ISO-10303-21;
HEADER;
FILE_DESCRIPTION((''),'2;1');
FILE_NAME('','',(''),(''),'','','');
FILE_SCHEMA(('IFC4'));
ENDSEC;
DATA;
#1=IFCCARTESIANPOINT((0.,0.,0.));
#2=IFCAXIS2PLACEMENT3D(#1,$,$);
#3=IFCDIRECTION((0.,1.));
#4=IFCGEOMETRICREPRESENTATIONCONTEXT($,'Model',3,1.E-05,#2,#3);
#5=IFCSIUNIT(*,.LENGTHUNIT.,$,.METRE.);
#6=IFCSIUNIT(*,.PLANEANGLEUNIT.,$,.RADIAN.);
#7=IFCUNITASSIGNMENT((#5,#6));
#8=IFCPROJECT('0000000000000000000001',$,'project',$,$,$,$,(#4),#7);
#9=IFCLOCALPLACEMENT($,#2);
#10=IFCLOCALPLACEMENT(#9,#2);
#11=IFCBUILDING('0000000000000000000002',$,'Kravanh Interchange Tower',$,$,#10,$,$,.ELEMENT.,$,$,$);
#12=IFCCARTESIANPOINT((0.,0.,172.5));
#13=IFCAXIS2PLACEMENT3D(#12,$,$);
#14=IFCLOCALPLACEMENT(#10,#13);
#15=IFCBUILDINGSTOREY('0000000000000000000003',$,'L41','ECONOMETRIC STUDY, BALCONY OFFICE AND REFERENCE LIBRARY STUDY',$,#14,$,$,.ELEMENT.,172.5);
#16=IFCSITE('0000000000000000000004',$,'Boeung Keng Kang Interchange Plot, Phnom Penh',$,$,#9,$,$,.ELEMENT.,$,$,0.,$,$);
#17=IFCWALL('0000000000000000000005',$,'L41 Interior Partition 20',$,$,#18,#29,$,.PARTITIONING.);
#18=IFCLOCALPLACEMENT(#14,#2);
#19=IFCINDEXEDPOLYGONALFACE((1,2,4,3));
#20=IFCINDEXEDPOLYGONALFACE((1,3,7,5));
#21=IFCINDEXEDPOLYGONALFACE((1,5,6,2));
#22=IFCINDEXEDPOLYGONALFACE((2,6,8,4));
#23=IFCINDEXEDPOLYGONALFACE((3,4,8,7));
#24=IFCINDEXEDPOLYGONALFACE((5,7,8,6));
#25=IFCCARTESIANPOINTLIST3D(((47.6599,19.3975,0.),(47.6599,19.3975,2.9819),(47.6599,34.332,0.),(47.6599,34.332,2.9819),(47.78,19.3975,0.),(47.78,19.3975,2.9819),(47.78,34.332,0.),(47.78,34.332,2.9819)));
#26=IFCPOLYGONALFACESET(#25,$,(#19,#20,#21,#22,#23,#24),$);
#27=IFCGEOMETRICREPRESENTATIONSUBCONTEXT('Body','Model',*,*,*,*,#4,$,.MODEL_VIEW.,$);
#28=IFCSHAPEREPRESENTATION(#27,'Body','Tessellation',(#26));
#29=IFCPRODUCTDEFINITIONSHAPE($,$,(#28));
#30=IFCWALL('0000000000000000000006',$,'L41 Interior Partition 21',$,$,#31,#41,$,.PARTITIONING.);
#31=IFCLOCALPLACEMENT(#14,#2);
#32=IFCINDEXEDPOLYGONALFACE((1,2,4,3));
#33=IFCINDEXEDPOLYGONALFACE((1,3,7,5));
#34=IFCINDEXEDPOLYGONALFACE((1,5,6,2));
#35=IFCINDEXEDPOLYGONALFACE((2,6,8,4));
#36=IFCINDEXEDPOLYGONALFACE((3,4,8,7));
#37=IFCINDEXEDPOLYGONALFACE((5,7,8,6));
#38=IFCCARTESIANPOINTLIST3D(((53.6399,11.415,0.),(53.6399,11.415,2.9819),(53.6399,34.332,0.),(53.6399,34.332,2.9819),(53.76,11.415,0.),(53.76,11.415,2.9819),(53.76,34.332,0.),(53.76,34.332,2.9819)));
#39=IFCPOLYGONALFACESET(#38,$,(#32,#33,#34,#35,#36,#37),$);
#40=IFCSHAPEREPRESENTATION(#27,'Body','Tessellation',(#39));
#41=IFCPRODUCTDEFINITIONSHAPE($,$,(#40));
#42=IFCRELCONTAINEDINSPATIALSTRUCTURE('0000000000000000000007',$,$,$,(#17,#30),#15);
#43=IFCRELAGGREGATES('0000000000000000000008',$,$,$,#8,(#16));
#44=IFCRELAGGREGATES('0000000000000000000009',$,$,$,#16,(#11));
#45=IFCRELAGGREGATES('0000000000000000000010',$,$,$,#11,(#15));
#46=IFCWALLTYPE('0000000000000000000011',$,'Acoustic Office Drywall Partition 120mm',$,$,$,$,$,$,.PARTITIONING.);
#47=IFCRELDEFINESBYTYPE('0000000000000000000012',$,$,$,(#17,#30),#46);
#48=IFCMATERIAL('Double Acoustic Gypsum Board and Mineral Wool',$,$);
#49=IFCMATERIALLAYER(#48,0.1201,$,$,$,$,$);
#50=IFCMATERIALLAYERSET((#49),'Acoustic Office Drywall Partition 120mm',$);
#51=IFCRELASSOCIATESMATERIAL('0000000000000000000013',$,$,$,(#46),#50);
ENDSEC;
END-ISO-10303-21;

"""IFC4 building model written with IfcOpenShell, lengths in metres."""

from ifc_helpers import new_model, si_unit, direction, frame, frame_2d, origin, place, context, subcontext, project, spatial, rectangle, extrude, material, layer, layer_set, type_object, element, save


model = new_model("IFC4")

# Units and contexts
model_context = context("Model", 3, precision=1e-05, world=origin(), true_north=direction((0.0, 1.0)))
body_context = subcontext(model_context, "Body", "Model", "MODEL_VIEW")
ifc_project = project(units=[si_unit("LENGTHUNIT", "METRE"), si_unit("PLANEANGLEUNIT", "RADIAN")], contexts=[model_context])

# Site, building, storey
site_placement = place(None, origin())
site = spatial("IfcSite", under=ifc_project, at=site_placement, Name="Boeung Keng Kang Interchange Plot, Phnom Penh", CompositionType="ELEMENT", RefElevation=0.0)
building_placement = place(site_placement, origin())
building = spatial("IfcBuilding", under=site, at=building_placement, Name="Kravanh Interchange Tower", CompositionType="ELEMENT")
storey_placement = place(building_placement, frame((0.0, 0.0, 172.5)))
storey = spatial("IfcBuildingStorey", under=building, at=storey_placement, Name="L41", Description="ECONOMETRIC STUDY, BALCONY OFFICE AND REFERENCE LIBRARY STUDY", CompositionType="ELEMENT", Elevation=172.5)

# Walls
ifc_material_1 = material(Name="Double Acoustic Gypsum Board and Mineral Wool")
ifc_layer_1 = layer(ifc_material_1, 0.1201)
ifc_layer_set_1 = layer_set([ifc_layer_1], Name="Acoustic Office Drywall Partition 120mm")
wall_type = type_object("IfcWallType", Name="Acoustic Office Drywall Partition 120mm", PredefinedType="PARTITIONING", material=ifc_layer_set_1)
wall_1_placement = place(storey_placement, frame((47.72, 19.3975, 0.0), z_axis=(0.0, 0.0, 1.0), x_axis=(0.0, 1.0, 0.0)))
element("IfcWall", 1, at=wall_1_placement, inside=storey, type_object=wall_type, Name="L41 Interior Partition 20", PredefinedType="PARTITIONING", context=body_context, shape_type="SweptSolid", body=[
    extrude(rectangle(XDim=14.9346, YDim=0.1201, at=frame_2d((7.4673, 0.0))), origin(), (0.0, 0.0, 1.0), 2.9819),
])
wall_2_placement = place(storey_placement, frame((53.7, 11.415, 0.0), z_axis=(0.0, 0.0, 1.0), x_axis=(0.0, 1.0, 0.0)))
element("IfcWall", 2, at=wall_2_placement, inside=storey, type_object=wall_type, Name="L41 Interior Partition 21", PredefinedType="PARTITIONING", context=body_context, shape_type="SweptSolid", body=[
    extrude(rectangle(XDim=22.917, YDim=0.1201, at=frame_2d((11.4585, 0.0))), origin(), (0.0, 0.0, 1.0), 2.9819),
])

save(model, "model.ifc")
